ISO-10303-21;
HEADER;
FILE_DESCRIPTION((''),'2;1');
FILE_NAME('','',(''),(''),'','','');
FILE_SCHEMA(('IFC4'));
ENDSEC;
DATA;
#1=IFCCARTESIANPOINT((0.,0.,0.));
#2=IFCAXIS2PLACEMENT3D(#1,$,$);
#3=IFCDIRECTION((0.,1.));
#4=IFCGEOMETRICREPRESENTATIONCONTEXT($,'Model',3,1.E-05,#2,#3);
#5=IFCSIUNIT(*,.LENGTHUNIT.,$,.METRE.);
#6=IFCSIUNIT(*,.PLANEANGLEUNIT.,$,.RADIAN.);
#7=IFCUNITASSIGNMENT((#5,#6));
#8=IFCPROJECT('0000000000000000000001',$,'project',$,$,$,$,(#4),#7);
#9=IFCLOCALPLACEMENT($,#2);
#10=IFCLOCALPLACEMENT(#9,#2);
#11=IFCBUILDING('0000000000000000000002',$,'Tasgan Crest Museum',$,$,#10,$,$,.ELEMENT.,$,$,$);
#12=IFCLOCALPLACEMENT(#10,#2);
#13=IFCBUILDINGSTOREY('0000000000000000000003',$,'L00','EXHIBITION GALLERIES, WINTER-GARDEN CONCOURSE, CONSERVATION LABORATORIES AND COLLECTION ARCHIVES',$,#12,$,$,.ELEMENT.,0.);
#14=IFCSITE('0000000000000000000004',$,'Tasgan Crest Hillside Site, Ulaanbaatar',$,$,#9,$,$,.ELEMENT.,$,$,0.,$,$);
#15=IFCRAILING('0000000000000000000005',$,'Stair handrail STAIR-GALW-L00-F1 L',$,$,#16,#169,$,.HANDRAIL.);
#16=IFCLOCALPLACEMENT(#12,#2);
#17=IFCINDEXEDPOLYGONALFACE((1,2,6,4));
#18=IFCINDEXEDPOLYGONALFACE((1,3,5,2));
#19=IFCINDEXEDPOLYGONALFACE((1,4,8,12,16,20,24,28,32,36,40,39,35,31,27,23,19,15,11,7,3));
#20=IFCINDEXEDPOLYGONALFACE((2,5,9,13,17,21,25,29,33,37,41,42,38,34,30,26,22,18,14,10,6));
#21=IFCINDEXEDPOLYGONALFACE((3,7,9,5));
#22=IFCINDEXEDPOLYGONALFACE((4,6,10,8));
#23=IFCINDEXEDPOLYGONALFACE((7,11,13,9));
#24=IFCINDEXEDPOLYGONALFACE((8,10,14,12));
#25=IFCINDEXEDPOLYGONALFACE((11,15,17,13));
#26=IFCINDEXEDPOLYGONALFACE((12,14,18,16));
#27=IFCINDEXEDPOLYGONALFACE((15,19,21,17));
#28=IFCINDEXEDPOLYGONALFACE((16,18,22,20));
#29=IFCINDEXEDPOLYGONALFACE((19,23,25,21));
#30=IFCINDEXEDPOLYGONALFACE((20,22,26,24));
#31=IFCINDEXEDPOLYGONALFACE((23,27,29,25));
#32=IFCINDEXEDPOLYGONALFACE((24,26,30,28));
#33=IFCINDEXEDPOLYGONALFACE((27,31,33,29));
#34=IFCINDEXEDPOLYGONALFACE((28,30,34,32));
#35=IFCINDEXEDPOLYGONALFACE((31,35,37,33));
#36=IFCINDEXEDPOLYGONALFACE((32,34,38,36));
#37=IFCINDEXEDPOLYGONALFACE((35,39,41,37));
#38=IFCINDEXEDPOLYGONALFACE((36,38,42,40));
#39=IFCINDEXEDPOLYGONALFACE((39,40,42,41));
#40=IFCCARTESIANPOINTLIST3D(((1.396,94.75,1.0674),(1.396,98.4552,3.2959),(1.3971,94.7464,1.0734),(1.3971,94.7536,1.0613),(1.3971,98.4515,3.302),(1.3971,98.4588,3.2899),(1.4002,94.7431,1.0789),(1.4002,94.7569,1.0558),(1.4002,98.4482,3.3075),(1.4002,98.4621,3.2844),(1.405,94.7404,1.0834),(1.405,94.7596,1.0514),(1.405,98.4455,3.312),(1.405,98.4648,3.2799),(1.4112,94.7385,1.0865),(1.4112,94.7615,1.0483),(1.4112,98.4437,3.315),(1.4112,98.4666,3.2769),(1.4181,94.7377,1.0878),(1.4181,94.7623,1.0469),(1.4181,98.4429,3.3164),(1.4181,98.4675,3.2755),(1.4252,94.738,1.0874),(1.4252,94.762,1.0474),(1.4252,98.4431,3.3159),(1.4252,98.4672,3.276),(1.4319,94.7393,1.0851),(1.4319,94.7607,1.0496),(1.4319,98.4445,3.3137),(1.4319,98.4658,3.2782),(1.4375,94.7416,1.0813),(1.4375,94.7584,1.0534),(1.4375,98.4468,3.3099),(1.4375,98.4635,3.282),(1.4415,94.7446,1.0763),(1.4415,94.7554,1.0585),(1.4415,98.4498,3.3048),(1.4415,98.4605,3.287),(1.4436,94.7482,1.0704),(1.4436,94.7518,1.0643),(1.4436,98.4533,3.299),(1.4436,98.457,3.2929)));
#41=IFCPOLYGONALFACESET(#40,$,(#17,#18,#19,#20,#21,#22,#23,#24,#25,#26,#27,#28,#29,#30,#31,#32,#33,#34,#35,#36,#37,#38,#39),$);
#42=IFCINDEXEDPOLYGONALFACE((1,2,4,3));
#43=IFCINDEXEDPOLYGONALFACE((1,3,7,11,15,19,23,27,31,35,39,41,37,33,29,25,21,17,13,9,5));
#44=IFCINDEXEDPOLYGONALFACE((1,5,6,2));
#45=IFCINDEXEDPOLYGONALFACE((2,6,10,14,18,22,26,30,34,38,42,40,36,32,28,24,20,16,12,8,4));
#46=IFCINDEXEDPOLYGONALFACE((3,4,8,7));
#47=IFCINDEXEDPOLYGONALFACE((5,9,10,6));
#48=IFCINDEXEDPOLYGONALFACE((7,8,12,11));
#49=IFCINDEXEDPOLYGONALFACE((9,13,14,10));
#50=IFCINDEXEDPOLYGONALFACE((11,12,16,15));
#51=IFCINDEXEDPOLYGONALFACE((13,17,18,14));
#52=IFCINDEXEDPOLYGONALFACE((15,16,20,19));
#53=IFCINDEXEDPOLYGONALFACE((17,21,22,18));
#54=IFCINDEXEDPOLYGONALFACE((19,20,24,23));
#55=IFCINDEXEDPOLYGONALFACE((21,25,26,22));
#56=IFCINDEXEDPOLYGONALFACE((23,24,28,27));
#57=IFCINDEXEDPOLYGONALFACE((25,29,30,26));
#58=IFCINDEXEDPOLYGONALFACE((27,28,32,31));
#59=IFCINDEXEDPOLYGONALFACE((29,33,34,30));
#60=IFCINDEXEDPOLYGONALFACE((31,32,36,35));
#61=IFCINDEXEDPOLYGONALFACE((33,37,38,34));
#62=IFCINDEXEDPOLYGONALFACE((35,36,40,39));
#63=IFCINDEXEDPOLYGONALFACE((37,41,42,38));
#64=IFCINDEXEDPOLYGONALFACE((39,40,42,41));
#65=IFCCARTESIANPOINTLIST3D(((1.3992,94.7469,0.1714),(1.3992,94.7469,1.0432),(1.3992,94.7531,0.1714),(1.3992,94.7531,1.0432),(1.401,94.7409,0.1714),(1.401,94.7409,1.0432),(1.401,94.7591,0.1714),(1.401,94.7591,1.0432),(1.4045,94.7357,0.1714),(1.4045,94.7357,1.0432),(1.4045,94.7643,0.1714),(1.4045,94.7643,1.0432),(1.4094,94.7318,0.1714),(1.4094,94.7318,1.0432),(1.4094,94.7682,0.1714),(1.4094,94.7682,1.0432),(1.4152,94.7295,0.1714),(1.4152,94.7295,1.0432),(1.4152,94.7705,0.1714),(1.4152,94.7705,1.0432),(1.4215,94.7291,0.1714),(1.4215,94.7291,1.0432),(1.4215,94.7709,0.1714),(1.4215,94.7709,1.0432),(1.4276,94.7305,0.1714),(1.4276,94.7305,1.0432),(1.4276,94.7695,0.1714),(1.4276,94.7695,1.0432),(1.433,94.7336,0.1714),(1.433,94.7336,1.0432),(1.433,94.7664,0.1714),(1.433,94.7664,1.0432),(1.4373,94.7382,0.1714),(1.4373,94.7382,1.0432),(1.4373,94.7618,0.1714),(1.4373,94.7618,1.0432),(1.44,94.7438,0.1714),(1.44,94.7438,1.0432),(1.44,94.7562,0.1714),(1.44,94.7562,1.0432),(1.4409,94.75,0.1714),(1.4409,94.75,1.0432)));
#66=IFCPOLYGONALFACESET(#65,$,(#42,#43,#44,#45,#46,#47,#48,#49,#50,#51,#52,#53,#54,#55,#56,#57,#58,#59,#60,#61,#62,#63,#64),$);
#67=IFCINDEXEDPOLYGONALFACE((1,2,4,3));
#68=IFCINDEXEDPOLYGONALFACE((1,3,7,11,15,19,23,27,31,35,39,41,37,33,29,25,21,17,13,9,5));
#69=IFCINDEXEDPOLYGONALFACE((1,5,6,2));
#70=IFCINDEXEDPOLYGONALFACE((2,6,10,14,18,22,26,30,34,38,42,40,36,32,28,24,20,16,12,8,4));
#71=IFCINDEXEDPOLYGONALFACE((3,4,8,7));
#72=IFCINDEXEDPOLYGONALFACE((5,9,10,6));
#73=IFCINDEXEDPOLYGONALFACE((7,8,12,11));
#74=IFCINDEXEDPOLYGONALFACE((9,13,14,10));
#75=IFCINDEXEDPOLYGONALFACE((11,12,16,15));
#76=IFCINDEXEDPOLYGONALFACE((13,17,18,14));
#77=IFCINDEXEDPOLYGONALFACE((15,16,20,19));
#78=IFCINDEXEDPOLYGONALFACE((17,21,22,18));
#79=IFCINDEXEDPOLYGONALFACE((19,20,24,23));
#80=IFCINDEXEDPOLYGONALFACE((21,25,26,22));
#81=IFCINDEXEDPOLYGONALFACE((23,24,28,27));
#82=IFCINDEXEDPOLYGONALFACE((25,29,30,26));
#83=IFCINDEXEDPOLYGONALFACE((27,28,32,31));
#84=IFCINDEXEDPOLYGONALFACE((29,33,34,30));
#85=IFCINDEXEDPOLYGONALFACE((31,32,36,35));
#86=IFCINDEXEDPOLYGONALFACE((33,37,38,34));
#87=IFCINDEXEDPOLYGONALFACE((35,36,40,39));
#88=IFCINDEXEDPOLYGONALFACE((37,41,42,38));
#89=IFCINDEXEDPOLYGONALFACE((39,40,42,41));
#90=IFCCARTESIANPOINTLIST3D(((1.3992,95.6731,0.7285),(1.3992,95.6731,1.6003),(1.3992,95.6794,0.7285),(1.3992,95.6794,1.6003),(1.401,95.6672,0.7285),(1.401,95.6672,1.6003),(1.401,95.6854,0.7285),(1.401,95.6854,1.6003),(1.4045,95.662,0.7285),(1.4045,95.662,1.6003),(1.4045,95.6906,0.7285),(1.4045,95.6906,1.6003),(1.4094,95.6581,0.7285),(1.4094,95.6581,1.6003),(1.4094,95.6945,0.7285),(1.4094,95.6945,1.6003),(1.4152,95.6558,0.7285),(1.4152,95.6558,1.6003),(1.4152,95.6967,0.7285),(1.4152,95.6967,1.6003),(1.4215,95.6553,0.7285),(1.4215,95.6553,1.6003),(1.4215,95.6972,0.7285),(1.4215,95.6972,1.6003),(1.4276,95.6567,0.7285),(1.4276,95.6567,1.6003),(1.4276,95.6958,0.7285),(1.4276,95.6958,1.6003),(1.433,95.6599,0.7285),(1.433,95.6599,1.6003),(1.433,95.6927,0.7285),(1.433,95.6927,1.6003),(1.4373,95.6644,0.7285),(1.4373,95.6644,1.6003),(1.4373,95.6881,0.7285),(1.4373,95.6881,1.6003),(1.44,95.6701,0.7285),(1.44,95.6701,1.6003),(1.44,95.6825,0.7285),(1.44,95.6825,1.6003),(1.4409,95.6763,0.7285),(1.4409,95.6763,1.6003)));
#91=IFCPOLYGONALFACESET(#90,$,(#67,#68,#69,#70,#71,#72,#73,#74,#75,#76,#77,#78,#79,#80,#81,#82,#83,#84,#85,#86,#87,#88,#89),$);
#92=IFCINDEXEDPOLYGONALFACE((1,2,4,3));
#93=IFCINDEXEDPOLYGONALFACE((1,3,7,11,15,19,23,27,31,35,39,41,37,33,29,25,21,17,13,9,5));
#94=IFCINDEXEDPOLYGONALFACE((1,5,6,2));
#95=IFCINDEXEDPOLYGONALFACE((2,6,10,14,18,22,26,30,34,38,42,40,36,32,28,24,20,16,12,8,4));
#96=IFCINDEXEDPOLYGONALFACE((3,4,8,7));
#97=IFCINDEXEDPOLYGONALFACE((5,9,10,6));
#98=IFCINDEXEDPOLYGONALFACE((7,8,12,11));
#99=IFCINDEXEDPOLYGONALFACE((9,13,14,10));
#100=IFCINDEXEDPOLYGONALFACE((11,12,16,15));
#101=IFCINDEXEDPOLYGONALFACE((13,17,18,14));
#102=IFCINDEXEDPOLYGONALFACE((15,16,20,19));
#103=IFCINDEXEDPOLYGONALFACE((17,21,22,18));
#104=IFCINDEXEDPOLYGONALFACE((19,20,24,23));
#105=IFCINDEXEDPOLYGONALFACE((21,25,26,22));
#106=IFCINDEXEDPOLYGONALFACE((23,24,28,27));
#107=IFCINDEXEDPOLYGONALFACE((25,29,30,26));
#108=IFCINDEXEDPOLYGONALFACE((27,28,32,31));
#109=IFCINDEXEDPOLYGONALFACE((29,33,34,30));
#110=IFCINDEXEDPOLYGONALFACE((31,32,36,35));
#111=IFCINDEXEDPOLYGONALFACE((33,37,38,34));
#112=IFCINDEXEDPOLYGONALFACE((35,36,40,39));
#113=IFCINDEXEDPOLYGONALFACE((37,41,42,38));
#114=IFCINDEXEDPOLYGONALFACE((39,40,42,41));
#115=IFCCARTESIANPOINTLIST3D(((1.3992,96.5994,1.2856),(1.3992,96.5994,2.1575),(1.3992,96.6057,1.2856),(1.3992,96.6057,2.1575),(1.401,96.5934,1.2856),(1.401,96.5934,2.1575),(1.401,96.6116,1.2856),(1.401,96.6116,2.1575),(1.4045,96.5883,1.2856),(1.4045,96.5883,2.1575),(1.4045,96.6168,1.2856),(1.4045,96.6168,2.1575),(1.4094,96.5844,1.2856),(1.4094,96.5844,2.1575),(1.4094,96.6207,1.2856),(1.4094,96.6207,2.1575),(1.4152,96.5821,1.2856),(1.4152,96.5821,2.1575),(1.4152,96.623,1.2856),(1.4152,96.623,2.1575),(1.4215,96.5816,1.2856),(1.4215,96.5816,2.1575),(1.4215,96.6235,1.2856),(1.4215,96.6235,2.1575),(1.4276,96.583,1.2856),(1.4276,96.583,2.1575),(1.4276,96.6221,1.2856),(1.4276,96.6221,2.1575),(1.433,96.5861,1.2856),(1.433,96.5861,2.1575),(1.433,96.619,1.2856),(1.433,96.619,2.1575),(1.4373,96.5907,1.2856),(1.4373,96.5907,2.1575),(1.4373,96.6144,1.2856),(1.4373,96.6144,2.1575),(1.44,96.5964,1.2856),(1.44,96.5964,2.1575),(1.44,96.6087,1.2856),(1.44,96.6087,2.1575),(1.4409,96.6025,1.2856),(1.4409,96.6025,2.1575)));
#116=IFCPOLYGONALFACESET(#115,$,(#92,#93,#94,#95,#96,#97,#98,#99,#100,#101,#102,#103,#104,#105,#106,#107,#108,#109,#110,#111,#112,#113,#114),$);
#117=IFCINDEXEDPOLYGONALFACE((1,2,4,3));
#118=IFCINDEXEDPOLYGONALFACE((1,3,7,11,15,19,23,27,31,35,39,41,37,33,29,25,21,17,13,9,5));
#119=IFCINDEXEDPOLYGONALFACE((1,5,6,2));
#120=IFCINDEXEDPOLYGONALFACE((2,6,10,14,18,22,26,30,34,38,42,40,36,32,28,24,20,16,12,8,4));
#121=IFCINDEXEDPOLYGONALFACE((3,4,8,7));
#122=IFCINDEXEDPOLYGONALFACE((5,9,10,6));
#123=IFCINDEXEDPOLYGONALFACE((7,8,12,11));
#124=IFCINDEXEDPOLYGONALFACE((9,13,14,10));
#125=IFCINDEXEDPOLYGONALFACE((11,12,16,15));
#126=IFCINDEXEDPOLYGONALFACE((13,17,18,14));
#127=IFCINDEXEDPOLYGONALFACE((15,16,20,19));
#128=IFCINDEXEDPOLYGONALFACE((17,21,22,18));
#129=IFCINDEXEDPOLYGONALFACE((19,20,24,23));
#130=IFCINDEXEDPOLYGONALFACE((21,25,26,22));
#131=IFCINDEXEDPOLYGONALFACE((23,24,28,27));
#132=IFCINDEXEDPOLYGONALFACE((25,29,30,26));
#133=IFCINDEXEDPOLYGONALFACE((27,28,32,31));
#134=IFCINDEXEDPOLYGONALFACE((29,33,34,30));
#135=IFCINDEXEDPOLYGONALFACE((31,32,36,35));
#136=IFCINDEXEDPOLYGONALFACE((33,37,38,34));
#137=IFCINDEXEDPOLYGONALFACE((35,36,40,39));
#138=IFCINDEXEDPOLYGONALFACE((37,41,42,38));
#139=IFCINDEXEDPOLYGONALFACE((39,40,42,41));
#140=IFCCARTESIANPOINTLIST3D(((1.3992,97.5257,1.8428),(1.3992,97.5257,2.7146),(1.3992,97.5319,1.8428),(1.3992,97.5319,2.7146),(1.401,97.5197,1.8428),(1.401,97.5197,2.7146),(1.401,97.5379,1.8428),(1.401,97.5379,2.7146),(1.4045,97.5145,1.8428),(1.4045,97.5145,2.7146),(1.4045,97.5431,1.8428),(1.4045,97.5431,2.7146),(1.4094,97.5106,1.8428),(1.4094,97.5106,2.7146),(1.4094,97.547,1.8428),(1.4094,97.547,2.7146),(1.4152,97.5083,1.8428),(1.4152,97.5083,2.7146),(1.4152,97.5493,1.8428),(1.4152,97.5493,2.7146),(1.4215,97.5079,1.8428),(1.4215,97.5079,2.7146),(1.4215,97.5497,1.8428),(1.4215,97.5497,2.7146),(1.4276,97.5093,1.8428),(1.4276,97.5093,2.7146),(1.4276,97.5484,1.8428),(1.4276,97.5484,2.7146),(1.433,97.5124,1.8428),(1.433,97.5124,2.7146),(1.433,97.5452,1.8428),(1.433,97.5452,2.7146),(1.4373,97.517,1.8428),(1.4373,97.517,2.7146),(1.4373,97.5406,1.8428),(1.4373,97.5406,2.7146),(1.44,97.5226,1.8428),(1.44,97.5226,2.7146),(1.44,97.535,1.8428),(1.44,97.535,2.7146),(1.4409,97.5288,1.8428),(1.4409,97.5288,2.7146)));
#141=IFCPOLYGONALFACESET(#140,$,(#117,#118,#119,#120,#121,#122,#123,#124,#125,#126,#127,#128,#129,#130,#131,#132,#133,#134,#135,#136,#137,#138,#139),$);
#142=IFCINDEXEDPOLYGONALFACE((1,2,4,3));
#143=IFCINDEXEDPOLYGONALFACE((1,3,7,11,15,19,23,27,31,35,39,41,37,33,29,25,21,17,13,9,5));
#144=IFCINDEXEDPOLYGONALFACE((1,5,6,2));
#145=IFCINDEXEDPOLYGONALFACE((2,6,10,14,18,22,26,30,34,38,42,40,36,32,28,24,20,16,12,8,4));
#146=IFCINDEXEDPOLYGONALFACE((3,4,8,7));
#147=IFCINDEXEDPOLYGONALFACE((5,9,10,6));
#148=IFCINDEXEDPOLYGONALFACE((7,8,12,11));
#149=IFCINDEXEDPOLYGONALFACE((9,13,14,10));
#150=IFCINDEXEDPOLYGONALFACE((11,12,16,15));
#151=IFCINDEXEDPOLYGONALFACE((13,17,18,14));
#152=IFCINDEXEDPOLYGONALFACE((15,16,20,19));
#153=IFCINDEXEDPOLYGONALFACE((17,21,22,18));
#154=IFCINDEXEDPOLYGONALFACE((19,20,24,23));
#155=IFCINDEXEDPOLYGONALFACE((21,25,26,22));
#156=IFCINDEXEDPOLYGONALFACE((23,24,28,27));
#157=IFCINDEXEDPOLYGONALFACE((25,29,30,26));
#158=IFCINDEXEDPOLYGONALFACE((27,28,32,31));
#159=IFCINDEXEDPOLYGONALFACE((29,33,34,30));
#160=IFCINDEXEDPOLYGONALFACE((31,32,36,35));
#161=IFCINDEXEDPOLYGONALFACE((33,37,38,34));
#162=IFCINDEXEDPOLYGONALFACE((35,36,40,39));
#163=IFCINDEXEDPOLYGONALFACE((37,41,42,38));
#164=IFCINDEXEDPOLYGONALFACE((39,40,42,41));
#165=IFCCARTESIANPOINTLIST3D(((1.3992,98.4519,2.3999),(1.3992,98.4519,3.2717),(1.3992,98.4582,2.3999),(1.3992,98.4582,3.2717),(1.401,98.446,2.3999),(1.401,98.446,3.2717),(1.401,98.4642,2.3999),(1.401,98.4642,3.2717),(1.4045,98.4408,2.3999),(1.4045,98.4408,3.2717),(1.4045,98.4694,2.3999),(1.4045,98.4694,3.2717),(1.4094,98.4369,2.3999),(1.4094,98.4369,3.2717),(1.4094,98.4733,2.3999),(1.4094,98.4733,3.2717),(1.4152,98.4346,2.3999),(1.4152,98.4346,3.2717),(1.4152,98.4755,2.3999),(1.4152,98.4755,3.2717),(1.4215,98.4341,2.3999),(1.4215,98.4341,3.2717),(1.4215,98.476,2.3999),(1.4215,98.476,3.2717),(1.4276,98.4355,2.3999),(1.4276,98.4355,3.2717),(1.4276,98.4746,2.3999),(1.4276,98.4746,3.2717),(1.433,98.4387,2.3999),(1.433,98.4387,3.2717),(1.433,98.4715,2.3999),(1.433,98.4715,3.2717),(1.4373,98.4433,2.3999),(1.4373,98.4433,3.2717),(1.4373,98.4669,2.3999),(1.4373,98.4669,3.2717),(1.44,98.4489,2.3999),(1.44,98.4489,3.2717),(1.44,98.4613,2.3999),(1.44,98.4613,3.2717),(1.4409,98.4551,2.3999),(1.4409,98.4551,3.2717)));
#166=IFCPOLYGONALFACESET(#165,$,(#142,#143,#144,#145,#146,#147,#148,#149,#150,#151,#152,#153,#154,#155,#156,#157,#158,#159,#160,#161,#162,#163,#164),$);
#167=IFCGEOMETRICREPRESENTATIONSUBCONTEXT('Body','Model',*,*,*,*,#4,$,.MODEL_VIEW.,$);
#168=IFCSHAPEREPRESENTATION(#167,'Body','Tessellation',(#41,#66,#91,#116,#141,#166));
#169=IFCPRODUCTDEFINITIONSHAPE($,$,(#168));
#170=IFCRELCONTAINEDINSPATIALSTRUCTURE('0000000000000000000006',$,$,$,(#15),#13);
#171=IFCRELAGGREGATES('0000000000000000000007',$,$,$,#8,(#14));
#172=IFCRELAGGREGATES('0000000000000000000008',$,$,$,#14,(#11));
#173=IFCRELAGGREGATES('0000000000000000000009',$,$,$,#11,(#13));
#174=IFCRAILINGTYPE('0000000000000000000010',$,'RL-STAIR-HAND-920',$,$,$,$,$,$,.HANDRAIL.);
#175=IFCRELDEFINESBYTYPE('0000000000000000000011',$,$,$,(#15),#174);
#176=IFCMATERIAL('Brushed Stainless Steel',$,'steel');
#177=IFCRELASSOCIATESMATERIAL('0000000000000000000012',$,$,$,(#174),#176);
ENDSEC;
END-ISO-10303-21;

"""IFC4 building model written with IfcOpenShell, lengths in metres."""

from ifc_helpers import new_model, si_unit, direction, frame, origin, origin_2d, place, context, subcontext, project, spatial, circle, extrude, material, type_object, element, save


model = new_model("IFC4")

# Units and contexts
model_context = context("Model", 3, precision=1e-05, world=origin(), true_north=direction((0.0, 1.0)))
body_context = subcontext(model_context, "Body", "Model", "MODEL_VIEW")
ifc_project = project(units=[si_unit("LENGTHUNIT", "METRE"), si_unit("PLANEANGLEUNIT", "RADIAN")], contexts=[model_context])

# Site, building, storey
site_placement = place(None, origin())
site = spatial("IfcSite", under=ifc_project, at=site_placement, Name="Tasgan Crest Hillside Site, Ulaanbaatar", CompositionType="ELEMENT", RefElevation=0.0)
building_placement = place(site_placement, origin())
building = spatial("IfcBuilding", under=site, at=building_placement, Name="Tasgan Crest Museum", CompositionType="ELEMENT")
storey_placement = place(building_placement, origin())
storey = spatial("IfcBuildingStorey", under=building, at=storey_placement, Name="L00", Description="EXHIBITION GALLERIES, WINTER-GARDEN CONCOURSE, CONSERVATION LABORATORIES AND COLLECTION ARCHIVES", CompositionType="ELEMENT", Elevation=0.0)

# Railing
ifc_material_1 = material(Name="Brushed Stainless Steel", Category="steel")
railing_type = type_object("IfcRailingType", Name="RL-STAIR-HAND-920", PredefinedType="HANDRAIL", material=ifc_material_1)
for number, where, name in (
    (1, (1.4199, 94.75, 0.1714), "Stair handrail STAIR-GALW-L00-F1 L"),
):
    element("IfcRailing", number, at=place(storey_placement, frame(where)), inside=storey, type_object=railing_type, Name=name, PredefinedType="HANDRAIL", context=body_context, shape_type="SweptSolid", body=[
        extrude(circle(Radius=0.0239, at=origin_2d()), frame((0.0, 0.0, 0.896), z_axis=(0.0, 0.856934, 0.515425), x_axis=(-1.0, 0.0, 0.0)), (0.0, 0.0, 1.0), 4.3237),
        extrude(circle(Radius=0.021, at=origin_2d()), origin(), (0.0, 0.0, 1.0), 0.8718),
        extrude(circle(Radius=0.021, at=origin_2d()), frame((0.0, 0.9263, 0.5571)), (0.0, 0.0, 1.0), 0.8718),
        extrude(circle(Radius=0.021, at=origin_2d()), frame((0.0, 1.8525, 1.1143)), (0.0, 0.0, 1.0), 0.8718),
        extrude(circle(Radius=0.021, at=origin_2d()), frame((0.0, 2.7788, 1.6714)), (0.0, 0.0, 1.0), 0.8718),
        extrude(circle(Radius=0.021, at=origin_2d()), frame((0.0, 3.7051, 2.2285)), (0.0, 0.0, 1.0), 0.8718),
    ])

save(model, "model.ifc")
